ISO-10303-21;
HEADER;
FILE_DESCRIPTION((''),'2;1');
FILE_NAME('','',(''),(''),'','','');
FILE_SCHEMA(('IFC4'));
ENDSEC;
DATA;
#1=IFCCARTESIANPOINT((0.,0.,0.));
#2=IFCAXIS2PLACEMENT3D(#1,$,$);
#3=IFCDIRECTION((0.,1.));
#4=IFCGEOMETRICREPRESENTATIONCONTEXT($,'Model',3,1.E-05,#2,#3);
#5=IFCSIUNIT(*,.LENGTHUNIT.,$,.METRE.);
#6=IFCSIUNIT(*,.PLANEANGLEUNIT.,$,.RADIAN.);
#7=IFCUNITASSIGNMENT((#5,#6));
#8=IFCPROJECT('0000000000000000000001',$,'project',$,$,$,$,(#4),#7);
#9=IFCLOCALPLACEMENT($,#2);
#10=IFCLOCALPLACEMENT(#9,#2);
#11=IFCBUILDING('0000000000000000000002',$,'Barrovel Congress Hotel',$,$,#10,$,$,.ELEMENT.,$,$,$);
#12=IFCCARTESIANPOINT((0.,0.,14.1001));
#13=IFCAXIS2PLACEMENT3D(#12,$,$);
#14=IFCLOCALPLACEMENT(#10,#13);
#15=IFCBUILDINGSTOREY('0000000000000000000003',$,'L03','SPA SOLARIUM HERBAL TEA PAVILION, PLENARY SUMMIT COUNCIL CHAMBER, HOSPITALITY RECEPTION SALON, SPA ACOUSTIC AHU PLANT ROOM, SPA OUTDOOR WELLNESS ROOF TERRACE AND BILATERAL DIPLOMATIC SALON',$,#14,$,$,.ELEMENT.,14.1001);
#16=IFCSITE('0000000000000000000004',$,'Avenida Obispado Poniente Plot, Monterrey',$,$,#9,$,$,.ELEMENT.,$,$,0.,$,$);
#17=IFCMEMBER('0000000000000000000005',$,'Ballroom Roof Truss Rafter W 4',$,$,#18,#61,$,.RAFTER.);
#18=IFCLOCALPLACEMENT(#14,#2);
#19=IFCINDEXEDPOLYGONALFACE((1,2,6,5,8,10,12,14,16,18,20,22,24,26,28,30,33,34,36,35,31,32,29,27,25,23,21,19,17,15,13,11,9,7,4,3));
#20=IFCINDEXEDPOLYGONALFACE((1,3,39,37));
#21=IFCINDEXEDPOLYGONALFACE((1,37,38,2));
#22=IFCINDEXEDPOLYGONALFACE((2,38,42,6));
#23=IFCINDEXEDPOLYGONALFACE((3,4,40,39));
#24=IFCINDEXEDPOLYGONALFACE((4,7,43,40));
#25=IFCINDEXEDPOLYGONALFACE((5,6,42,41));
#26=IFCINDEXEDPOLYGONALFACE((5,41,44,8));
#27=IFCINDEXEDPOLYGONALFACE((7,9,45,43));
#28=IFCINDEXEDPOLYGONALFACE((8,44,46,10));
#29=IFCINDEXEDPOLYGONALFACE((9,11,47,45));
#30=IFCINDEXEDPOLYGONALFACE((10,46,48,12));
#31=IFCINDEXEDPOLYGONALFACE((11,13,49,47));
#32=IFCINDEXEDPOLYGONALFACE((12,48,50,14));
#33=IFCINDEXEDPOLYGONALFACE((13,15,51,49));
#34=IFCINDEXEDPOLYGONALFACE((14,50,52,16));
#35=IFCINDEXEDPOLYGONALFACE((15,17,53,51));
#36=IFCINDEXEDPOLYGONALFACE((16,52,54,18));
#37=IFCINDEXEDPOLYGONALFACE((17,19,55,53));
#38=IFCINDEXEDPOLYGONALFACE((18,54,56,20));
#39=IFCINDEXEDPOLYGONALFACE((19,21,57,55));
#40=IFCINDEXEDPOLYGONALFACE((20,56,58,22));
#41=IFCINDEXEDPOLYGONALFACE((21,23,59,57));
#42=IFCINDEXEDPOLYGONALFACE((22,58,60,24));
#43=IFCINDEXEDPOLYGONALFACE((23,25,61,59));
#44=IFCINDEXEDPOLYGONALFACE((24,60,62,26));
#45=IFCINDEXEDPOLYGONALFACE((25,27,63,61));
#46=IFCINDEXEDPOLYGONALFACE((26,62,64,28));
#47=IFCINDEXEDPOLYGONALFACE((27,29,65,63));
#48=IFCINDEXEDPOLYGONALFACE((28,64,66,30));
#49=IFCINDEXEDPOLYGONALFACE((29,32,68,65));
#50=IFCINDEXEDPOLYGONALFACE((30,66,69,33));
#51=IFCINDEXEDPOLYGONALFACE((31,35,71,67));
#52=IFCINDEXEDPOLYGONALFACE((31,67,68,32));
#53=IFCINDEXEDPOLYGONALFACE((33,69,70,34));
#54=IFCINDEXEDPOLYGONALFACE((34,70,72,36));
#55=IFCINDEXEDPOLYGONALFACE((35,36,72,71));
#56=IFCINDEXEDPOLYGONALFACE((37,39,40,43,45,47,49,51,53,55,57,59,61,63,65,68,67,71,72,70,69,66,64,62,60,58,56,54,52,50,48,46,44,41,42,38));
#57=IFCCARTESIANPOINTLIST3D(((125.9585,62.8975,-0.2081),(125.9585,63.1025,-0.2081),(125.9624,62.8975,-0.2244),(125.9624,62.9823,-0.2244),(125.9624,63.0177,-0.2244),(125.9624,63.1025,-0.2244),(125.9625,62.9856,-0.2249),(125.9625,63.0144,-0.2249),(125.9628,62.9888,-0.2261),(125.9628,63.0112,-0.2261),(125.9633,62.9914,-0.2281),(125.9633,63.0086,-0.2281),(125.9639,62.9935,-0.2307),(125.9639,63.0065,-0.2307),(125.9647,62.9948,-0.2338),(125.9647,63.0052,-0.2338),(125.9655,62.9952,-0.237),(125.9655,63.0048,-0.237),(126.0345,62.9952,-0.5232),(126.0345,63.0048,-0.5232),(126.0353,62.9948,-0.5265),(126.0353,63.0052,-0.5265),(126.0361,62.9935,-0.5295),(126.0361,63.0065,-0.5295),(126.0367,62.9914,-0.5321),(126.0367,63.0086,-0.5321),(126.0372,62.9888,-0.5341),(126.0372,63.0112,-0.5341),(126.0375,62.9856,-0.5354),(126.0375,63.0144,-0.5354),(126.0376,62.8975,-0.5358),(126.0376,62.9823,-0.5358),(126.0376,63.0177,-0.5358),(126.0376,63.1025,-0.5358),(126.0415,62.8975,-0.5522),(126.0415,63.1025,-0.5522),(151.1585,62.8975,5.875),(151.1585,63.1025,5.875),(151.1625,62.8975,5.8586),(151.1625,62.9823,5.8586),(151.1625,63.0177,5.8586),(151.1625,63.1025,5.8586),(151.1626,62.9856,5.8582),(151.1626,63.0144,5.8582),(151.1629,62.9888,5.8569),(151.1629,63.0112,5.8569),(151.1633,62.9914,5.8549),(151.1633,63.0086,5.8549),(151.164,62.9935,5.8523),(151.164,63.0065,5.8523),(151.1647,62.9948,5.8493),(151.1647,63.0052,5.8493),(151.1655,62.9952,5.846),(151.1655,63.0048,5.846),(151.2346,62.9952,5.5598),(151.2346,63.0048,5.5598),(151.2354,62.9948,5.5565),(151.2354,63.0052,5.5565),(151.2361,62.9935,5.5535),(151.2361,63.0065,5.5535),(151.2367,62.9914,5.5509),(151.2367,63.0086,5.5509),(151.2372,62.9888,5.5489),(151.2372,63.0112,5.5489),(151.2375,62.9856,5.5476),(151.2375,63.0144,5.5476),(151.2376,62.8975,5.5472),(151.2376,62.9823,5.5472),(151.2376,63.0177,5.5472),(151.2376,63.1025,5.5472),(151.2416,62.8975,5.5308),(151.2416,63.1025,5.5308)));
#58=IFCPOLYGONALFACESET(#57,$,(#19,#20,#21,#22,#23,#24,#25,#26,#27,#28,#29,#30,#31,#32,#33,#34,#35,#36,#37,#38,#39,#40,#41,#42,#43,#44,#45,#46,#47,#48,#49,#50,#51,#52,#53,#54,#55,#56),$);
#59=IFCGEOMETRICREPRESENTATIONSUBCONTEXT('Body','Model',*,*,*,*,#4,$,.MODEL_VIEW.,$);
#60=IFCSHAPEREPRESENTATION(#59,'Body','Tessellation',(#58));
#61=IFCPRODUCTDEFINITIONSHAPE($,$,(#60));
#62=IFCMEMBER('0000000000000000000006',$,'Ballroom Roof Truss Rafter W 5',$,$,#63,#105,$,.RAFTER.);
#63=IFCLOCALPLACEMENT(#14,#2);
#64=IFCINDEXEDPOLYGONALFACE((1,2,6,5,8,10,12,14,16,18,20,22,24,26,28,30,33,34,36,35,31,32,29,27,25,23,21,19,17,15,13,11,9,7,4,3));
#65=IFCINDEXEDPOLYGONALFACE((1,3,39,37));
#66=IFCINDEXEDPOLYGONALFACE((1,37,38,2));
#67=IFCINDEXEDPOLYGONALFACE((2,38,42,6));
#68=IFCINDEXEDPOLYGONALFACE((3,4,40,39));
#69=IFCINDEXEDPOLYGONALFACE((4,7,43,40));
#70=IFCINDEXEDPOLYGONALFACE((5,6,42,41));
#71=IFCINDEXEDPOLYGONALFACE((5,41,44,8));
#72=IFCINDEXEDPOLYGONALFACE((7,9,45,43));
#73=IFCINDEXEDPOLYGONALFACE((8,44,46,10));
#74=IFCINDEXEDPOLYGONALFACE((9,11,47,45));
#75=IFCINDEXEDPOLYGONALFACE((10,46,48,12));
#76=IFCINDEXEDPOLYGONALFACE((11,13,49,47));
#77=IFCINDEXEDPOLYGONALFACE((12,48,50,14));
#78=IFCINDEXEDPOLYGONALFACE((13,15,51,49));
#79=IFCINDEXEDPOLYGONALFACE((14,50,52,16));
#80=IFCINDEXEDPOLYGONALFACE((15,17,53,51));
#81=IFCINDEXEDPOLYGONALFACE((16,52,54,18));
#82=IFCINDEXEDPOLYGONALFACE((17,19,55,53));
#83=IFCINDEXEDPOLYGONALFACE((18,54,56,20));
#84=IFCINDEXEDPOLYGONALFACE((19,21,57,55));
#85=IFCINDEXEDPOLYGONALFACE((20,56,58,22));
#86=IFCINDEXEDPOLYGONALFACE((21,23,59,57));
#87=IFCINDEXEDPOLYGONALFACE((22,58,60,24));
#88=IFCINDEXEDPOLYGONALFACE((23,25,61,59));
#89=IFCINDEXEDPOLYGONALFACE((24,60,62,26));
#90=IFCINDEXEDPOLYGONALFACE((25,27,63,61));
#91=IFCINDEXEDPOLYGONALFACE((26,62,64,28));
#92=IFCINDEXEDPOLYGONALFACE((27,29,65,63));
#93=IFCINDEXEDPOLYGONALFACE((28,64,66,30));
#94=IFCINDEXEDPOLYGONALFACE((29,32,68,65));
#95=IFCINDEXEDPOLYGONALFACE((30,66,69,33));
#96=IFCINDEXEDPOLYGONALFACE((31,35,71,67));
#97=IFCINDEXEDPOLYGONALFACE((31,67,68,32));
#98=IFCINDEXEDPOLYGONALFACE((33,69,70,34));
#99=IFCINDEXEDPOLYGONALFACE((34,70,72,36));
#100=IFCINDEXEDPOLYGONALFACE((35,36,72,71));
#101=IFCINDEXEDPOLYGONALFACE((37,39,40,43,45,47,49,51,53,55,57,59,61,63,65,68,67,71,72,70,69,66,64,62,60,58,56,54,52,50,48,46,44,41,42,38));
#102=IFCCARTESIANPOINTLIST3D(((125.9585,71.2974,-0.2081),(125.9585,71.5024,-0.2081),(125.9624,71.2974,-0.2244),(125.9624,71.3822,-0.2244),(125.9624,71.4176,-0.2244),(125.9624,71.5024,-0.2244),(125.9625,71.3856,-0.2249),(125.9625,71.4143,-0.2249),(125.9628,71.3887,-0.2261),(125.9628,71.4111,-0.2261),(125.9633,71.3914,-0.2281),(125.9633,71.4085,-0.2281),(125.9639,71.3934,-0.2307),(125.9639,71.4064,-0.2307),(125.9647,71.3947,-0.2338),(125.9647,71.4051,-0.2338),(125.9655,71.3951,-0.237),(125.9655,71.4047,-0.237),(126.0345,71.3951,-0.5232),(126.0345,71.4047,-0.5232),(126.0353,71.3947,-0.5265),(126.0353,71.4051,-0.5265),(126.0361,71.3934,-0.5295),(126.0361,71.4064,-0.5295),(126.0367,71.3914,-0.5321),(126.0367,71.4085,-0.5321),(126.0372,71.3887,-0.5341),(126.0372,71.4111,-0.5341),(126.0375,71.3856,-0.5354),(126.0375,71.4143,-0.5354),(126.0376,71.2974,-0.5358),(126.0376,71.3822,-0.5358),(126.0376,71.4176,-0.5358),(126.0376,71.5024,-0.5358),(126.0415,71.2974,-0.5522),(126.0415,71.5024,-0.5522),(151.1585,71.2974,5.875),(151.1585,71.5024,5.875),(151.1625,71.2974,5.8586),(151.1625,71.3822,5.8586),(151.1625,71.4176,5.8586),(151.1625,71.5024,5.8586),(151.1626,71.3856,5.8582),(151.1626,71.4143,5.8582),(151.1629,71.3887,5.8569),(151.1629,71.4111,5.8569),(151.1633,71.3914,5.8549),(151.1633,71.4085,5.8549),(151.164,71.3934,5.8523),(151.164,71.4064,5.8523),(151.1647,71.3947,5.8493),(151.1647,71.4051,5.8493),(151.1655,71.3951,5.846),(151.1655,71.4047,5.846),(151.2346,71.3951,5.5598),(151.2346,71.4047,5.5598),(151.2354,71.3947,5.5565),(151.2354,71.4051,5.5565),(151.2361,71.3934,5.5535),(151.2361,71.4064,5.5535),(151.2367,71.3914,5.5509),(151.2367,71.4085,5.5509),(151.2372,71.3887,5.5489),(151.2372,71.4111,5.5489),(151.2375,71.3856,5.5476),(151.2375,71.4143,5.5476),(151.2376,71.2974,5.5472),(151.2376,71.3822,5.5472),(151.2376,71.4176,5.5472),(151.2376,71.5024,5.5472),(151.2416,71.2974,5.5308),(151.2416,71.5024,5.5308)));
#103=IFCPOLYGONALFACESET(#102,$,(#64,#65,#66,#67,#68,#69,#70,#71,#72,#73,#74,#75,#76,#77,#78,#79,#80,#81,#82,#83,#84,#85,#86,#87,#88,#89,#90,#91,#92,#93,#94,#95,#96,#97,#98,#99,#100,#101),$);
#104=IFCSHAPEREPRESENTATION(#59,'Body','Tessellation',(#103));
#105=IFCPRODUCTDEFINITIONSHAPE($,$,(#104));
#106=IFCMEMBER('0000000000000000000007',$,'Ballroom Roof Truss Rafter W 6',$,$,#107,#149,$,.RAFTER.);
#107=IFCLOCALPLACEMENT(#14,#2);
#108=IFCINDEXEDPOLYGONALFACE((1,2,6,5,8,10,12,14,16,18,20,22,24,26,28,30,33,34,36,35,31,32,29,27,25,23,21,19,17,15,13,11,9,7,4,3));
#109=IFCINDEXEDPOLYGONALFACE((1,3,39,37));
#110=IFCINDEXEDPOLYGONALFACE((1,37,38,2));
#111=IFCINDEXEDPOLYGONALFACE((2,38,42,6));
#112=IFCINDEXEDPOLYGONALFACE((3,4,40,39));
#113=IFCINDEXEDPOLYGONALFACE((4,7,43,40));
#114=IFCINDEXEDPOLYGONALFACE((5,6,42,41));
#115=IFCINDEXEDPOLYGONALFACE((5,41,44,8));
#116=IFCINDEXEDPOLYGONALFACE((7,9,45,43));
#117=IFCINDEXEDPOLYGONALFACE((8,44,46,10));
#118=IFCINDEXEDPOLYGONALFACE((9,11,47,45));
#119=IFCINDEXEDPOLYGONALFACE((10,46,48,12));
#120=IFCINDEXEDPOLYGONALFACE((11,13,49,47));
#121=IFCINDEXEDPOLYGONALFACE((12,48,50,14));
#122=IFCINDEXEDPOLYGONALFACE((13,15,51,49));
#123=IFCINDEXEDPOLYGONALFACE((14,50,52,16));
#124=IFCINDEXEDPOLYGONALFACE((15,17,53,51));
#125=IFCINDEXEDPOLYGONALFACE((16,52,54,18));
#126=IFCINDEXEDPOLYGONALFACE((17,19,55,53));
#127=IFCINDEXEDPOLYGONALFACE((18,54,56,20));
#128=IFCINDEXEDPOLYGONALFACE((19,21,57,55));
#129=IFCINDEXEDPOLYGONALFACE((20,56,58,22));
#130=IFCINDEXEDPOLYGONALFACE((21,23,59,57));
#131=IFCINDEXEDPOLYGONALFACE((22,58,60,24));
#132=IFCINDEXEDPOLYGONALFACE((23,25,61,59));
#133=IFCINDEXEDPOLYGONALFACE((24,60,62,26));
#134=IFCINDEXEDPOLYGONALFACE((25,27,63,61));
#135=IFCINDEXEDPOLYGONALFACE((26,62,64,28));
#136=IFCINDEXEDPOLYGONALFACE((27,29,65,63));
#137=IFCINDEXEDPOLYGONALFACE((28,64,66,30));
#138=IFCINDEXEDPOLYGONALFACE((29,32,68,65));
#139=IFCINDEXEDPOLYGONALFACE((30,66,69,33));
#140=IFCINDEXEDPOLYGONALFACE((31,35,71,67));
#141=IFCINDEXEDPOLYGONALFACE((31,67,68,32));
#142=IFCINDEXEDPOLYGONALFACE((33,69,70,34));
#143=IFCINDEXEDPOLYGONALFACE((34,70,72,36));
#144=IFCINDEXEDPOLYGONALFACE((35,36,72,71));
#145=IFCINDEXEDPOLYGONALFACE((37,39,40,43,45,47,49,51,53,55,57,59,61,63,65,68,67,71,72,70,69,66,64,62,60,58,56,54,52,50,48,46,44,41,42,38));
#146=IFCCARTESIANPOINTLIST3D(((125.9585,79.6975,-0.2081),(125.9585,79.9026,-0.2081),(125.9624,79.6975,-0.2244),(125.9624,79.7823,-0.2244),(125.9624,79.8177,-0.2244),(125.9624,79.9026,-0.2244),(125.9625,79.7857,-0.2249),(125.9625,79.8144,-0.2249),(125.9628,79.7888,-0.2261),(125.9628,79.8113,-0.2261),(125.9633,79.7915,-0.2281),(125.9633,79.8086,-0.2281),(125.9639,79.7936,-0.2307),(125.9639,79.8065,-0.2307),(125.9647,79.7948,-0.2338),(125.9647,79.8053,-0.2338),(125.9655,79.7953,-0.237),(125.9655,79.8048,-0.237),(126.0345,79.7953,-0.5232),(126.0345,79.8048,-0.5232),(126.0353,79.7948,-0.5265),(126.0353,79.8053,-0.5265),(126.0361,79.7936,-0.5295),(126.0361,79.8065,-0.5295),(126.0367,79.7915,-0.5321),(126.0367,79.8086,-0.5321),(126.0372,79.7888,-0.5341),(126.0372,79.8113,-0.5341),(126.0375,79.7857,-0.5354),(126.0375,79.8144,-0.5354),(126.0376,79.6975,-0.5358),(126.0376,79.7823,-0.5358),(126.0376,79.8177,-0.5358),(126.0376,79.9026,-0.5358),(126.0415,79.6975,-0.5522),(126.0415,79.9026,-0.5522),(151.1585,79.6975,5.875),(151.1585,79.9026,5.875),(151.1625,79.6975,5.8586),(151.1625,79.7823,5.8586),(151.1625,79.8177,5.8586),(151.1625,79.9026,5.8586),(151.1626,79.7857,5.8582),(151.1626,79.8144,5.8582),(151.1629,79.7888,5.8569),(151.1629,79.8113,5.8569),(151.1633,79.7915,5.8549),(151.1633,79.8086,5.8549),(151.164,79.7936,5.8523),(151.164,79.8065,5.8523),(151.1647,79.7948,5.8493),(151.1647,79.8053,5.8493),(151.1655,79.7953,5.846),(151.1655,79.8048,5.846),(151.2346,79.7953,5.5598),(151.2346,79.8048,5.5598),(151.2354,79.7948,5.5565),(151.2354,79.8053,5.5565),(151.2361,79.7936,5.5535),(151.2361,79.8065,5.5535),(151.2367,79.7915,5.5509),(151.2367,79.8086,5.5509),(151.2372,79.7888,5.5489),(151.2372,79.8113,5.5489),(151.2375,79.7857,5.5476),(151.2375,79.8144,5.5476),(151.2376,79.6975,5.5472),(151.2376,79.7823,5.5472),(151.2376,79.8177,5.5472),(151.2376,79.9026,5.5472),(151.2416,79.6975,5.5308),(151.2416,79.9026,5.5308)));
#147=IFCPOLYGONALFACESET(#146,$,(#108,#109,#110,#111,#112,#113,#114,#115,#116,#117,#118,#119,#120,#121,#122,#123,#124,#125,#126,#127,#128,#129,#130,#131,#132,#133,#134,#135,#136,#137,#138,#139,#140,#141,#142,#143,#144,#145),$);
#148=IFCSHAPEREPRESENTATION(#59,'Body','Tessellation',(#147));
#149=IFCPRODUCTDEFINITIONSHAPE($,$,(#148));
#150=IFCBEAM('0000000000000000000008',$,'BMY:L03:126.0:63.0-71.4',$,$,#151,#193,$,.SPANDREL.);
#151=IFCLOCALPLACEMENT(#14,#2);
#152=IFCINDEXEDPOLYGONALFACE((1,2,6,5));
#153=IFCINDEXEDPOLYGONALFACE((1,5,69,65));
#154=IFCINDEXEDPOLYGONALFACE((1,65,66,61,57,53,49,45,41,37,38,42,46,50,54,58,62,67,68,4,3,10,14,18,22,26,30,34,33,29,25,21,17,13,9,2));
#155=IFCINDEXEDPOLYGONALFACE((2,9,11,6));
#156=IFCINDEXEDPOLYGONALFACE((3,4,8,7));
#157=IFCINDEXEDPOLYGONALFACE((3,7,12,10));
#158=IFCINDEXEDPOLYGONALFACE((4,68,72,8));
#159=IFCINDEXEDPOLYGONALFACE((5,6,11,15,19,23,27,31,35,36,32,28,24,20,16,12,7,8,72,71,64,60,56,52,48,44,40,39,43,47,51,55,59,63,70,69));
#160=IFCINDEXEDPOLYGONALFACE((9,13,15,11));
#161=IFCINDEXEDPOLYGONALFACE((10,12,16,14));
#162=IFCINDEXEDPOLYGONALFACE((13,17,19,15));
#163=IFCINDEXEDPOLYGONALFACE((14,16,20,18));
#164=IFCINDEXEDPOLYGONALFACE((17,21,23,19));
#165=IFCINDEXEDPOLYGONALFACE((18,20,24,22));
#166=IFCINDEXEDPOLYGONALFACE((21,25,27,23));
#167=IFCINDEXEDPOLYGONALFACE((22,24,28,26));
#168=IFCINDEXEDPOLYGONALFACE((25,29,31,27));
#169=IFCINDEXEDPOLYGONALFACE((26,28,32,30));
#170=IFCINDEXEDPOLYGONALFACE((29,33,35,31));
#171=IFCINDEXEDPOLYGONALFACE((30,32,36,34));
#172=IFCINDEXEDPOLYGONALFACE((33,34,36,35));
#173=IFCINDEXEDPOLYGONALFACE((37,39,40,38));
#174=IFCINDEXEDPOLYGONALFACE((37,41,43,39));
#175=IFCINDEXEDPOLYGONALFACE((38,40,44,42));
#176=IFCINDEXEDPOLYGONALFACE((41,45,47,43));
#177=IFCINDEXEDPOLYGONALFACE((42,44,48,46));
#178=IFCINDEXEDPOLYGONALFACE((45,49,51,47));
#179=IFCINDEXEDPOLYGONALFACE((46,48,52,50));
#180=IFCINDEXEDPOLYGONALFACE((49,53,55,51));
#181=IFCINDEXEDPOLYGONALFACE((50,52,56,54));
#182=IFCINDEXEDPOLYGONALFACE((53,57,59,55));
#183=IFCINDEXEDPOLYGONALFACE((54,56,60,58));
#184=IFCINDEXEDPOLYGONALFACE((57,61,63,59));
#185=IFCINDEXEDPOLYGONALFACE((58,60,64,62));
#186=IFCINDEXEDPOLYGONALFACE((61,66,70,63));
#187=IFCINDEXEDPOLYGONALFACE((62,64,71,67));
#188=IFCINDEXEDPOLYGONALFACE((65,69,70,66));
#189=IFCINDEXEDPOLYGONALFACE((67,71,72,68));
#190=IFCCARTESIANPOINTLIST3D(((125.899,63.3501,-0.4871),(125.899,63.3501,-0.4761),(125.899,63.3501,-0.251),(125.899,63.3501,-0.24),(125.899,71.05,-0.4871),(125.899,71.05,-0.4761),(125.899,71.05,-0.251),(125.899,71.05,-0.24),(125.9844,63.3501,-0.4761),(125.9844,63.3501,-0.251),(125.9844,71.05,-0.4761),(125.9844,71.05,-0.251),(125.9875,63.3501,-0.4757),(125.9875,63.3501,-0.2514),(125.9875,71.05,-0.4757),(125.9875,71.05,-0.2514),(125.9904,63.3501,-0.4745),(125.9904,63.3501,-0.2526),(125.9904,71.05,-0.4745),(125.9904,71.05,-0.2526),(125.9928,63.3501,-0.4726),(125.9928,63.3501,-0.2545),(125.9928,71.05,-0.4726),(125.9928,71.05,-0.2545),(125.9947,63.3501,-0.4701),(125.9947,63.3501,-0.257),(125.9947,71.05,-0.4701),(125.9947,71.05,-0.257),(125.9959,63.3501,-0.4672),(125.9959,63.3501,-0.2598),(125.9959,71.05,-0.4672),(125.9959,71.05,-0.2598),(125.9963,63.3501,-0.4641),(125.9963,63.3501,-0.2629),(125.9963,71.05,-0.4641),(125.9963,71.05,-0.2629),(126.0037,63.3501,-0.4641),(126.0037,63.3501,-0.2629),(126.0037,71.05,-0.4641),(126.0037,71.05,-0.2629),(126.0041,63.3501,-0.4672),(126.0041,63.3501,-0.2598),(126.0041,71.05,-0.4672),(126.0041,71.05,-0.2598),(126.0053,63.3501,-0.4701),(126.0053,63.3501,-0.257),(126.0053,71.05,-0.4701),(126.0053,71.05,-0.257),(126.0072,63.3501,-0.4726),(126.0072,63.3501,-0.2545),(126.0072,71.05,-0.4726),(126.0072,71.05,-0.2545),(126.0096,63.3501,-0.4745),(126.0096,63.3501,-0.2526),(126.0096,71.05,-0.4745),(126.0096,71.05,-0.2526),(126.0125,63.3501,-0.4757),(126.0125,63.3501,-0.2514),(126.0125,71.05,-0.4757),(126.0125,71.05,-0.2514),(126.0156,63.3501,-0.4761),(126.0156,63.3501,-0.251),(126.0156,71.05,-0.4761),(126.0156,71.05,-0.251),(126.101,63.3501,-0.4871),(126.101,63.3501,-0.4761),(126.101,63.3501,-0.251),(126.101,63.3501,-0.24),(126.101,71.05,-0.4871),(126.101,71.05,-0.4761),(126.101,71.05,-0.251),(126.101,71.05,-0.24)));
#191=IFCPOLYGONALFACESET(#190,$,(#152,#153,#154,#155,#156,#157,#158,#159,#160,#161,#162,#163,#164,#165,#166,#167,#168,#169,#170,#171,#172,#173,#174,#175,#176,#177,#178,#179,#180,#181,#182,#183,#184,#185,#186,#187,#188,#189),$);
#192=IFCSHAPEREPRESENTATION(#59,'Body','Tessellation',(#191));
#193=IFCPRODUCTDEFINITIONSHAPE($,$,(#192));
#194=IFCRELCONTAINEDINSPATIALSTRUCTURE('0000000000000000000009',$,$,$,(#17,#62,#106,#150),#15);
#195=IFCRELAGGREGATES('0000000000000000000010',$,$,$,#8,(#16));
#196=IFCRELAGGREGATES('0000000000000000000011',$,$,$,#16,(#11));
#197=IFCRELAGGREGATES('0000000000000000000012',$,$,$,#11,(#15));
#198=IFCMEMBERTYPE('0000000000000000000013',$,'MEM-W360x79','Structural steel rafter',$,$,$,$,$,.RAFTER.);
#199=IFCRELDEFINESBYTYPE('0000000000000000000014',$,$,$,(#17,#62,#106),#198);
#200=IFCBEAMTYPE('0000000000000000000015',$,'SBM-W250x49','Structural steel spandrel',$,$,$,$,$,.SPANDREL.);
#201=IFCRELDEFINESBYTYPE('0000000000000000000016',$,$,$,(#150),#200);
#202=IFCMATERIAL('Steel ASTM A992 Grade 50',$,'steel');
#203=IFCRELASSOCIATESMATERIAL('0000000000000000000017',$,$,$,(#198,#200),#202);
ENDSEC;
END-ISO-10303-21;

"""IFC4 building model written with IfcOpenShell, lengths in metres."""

from ifc_helpers import new_model, si_unit, direction, frame, origin, origin_2d, place, context, subcontext, project, spatial, i_section, extrude, material, material_profile, profile_set, type_object, element, save


model = new_model("IFC4")

# Units and contexts
model_context = context("Model", 3, precision=1e-05, world=origin(), true_north=direction((0.0, 1.0)))
body_context = subcontext(model_context, "Body", "Model", "MODEL_VIEW")
ifc_project = project(units=[si_unit("LENGTHUNIT", "METRE"), si_unit("PLANEANGLEUNIT", "RADIAN")], contexts=[model_context])

# Site, building, storey
site_placement = place(None, origin())
site = spatial("IfcSite", under=ifc_project, at=site_placement, Name="Avenida Obispado Poniente Plot, Monterrey", CompositionType="ELEMENT", RefElevation=0.0)
building_placement = place(site_placement, origin())
building = spatial("IfcBuilding", under=site, at=building_placement, Name="Barrovel Congress Hotel", CompositionType="ELEMENT")
storey_placement = place(building_placement, frame((0.0, 0.0, 14.1001)))
storey = spatial("IfcBuildingStorey", under=building, at=storey_placement, Name="L03", Description="SPA SOLARIUM HERBAL TEA PAVILION, PLENARY SUMMIT COUNCIL CHAMBER, HOSPITALITY RECEPTION SALON, SPA ACOUSTIC AHU PLANT ROOM, SPA OUTDOOR WELLNESS ROOF TERRACE AND BILATERAL DIPLOMATIC SALON", CompositionType="ELEMENT", Elevation=14.1001)

# Members
ifc_material_1 = material(Name="Steel ASTM A992 Grade 50", Category="steel")
ifc_material_profile_1 = material_profile(ifc_material_1, i_section(OverallWidth=0.2051, OverallDepth=0.354, WebThickness=0.0095, FlangeThickness=0.0168, FilletRadius=0.0129, at=origin_2d()), Name="W360x79")
ifc_profile_set_1 = profile_set([ifc_material_profile_1], Name="Steel ASTM A992 Grade 50")
member_type_1 = type_object("IfcMemberType", Name="MEM-W360x79", Description="Structural steel rafter", PredefinedType="RAFTER", material=ifc_profile_set_1)
for number, where, z_axis, x_axis, name in (
    (1, (126.0, 63.0, -0.3801), (0.97208, 0.0, 0.23465), (0.0, 1.0, 0.0), "Ballroom Roof Truss Rafter W 4"),
    (2, (126.0, 71.3999, -0.3801), (0.97208, 0.0, 0.23465), (0.0, 1.0, 0.0), "Ballroom Roof Truss Rafter W 5"),
    (3, (126.0, 79.8, -0.3801), (0.97208, 0.0, 0.23465), (0.0, 1.0, 0.0), "Ballroom Roof Truss Rafter W 6"),
):
    element("IfcMember", number, at=place(storey_placement, frame(where, z_axis=z_axis, x_axis=x_axis)), inside=storey, type_object=member_type_1, Name=name, PredefinedType="RAFTER", context=body_context, shape_type="SweptSolid", body=[
        extrude(i_section(OverallWidth=0.2051, OverallDepth=0.354, WebThickness=0.0095, FlangeThickness=0.0168, FilletRadius=0.0129, at=origin_2d()), origin(), (0.0, 0.0, 1.0), 25.9238),
    ])

# Beam
ifc_material_profile_2 = material_profile(ifc_material_1, i_section(OverallWidth=0.2019, OverallDepth=0.2471, WebThickness=0.0073, FlangeThickness=0.011, FilletRadius=0.012, at=origin_2d()), Name="W250x49")
ifc_profile_set_2 = profile_set([ifc_material_profile_2], Name="Steel ASTM A992 Grade 50")
beam_type_1 = type_object("IfcBeamType", Name="SBM-W250x49", Description="Structural steel spandrel", PredefinedType="SPANDREL", material=ifc_profile_set_2)
beam_1_placement = place(storey_placement, frame((126.0, 63.3501, -0.3635), z_axis=(0.0, 1.0, 0.0), x_axis=(-1.0, 0.0, 0.0)))
element("IfcBeam", 4, at=beam_1_placement, inside=storey, type_object=beam_type_1, Name="BMY:L03:126.0:63.0-71.4", PredefinedType="SPANDREL", context=body_context, shape_type="SweptSolid", body=[
    extrude(i_section(OverallWidth=0.2019, OverallDepth=0.2471, WebThickness=0.0073, FlangeThickness=0.011, FilletRadius=0.012, at=origin_2d()), origin(), (0.0, 0.0, 1.0), 7.7),
])

save(model, "model.ifc")
